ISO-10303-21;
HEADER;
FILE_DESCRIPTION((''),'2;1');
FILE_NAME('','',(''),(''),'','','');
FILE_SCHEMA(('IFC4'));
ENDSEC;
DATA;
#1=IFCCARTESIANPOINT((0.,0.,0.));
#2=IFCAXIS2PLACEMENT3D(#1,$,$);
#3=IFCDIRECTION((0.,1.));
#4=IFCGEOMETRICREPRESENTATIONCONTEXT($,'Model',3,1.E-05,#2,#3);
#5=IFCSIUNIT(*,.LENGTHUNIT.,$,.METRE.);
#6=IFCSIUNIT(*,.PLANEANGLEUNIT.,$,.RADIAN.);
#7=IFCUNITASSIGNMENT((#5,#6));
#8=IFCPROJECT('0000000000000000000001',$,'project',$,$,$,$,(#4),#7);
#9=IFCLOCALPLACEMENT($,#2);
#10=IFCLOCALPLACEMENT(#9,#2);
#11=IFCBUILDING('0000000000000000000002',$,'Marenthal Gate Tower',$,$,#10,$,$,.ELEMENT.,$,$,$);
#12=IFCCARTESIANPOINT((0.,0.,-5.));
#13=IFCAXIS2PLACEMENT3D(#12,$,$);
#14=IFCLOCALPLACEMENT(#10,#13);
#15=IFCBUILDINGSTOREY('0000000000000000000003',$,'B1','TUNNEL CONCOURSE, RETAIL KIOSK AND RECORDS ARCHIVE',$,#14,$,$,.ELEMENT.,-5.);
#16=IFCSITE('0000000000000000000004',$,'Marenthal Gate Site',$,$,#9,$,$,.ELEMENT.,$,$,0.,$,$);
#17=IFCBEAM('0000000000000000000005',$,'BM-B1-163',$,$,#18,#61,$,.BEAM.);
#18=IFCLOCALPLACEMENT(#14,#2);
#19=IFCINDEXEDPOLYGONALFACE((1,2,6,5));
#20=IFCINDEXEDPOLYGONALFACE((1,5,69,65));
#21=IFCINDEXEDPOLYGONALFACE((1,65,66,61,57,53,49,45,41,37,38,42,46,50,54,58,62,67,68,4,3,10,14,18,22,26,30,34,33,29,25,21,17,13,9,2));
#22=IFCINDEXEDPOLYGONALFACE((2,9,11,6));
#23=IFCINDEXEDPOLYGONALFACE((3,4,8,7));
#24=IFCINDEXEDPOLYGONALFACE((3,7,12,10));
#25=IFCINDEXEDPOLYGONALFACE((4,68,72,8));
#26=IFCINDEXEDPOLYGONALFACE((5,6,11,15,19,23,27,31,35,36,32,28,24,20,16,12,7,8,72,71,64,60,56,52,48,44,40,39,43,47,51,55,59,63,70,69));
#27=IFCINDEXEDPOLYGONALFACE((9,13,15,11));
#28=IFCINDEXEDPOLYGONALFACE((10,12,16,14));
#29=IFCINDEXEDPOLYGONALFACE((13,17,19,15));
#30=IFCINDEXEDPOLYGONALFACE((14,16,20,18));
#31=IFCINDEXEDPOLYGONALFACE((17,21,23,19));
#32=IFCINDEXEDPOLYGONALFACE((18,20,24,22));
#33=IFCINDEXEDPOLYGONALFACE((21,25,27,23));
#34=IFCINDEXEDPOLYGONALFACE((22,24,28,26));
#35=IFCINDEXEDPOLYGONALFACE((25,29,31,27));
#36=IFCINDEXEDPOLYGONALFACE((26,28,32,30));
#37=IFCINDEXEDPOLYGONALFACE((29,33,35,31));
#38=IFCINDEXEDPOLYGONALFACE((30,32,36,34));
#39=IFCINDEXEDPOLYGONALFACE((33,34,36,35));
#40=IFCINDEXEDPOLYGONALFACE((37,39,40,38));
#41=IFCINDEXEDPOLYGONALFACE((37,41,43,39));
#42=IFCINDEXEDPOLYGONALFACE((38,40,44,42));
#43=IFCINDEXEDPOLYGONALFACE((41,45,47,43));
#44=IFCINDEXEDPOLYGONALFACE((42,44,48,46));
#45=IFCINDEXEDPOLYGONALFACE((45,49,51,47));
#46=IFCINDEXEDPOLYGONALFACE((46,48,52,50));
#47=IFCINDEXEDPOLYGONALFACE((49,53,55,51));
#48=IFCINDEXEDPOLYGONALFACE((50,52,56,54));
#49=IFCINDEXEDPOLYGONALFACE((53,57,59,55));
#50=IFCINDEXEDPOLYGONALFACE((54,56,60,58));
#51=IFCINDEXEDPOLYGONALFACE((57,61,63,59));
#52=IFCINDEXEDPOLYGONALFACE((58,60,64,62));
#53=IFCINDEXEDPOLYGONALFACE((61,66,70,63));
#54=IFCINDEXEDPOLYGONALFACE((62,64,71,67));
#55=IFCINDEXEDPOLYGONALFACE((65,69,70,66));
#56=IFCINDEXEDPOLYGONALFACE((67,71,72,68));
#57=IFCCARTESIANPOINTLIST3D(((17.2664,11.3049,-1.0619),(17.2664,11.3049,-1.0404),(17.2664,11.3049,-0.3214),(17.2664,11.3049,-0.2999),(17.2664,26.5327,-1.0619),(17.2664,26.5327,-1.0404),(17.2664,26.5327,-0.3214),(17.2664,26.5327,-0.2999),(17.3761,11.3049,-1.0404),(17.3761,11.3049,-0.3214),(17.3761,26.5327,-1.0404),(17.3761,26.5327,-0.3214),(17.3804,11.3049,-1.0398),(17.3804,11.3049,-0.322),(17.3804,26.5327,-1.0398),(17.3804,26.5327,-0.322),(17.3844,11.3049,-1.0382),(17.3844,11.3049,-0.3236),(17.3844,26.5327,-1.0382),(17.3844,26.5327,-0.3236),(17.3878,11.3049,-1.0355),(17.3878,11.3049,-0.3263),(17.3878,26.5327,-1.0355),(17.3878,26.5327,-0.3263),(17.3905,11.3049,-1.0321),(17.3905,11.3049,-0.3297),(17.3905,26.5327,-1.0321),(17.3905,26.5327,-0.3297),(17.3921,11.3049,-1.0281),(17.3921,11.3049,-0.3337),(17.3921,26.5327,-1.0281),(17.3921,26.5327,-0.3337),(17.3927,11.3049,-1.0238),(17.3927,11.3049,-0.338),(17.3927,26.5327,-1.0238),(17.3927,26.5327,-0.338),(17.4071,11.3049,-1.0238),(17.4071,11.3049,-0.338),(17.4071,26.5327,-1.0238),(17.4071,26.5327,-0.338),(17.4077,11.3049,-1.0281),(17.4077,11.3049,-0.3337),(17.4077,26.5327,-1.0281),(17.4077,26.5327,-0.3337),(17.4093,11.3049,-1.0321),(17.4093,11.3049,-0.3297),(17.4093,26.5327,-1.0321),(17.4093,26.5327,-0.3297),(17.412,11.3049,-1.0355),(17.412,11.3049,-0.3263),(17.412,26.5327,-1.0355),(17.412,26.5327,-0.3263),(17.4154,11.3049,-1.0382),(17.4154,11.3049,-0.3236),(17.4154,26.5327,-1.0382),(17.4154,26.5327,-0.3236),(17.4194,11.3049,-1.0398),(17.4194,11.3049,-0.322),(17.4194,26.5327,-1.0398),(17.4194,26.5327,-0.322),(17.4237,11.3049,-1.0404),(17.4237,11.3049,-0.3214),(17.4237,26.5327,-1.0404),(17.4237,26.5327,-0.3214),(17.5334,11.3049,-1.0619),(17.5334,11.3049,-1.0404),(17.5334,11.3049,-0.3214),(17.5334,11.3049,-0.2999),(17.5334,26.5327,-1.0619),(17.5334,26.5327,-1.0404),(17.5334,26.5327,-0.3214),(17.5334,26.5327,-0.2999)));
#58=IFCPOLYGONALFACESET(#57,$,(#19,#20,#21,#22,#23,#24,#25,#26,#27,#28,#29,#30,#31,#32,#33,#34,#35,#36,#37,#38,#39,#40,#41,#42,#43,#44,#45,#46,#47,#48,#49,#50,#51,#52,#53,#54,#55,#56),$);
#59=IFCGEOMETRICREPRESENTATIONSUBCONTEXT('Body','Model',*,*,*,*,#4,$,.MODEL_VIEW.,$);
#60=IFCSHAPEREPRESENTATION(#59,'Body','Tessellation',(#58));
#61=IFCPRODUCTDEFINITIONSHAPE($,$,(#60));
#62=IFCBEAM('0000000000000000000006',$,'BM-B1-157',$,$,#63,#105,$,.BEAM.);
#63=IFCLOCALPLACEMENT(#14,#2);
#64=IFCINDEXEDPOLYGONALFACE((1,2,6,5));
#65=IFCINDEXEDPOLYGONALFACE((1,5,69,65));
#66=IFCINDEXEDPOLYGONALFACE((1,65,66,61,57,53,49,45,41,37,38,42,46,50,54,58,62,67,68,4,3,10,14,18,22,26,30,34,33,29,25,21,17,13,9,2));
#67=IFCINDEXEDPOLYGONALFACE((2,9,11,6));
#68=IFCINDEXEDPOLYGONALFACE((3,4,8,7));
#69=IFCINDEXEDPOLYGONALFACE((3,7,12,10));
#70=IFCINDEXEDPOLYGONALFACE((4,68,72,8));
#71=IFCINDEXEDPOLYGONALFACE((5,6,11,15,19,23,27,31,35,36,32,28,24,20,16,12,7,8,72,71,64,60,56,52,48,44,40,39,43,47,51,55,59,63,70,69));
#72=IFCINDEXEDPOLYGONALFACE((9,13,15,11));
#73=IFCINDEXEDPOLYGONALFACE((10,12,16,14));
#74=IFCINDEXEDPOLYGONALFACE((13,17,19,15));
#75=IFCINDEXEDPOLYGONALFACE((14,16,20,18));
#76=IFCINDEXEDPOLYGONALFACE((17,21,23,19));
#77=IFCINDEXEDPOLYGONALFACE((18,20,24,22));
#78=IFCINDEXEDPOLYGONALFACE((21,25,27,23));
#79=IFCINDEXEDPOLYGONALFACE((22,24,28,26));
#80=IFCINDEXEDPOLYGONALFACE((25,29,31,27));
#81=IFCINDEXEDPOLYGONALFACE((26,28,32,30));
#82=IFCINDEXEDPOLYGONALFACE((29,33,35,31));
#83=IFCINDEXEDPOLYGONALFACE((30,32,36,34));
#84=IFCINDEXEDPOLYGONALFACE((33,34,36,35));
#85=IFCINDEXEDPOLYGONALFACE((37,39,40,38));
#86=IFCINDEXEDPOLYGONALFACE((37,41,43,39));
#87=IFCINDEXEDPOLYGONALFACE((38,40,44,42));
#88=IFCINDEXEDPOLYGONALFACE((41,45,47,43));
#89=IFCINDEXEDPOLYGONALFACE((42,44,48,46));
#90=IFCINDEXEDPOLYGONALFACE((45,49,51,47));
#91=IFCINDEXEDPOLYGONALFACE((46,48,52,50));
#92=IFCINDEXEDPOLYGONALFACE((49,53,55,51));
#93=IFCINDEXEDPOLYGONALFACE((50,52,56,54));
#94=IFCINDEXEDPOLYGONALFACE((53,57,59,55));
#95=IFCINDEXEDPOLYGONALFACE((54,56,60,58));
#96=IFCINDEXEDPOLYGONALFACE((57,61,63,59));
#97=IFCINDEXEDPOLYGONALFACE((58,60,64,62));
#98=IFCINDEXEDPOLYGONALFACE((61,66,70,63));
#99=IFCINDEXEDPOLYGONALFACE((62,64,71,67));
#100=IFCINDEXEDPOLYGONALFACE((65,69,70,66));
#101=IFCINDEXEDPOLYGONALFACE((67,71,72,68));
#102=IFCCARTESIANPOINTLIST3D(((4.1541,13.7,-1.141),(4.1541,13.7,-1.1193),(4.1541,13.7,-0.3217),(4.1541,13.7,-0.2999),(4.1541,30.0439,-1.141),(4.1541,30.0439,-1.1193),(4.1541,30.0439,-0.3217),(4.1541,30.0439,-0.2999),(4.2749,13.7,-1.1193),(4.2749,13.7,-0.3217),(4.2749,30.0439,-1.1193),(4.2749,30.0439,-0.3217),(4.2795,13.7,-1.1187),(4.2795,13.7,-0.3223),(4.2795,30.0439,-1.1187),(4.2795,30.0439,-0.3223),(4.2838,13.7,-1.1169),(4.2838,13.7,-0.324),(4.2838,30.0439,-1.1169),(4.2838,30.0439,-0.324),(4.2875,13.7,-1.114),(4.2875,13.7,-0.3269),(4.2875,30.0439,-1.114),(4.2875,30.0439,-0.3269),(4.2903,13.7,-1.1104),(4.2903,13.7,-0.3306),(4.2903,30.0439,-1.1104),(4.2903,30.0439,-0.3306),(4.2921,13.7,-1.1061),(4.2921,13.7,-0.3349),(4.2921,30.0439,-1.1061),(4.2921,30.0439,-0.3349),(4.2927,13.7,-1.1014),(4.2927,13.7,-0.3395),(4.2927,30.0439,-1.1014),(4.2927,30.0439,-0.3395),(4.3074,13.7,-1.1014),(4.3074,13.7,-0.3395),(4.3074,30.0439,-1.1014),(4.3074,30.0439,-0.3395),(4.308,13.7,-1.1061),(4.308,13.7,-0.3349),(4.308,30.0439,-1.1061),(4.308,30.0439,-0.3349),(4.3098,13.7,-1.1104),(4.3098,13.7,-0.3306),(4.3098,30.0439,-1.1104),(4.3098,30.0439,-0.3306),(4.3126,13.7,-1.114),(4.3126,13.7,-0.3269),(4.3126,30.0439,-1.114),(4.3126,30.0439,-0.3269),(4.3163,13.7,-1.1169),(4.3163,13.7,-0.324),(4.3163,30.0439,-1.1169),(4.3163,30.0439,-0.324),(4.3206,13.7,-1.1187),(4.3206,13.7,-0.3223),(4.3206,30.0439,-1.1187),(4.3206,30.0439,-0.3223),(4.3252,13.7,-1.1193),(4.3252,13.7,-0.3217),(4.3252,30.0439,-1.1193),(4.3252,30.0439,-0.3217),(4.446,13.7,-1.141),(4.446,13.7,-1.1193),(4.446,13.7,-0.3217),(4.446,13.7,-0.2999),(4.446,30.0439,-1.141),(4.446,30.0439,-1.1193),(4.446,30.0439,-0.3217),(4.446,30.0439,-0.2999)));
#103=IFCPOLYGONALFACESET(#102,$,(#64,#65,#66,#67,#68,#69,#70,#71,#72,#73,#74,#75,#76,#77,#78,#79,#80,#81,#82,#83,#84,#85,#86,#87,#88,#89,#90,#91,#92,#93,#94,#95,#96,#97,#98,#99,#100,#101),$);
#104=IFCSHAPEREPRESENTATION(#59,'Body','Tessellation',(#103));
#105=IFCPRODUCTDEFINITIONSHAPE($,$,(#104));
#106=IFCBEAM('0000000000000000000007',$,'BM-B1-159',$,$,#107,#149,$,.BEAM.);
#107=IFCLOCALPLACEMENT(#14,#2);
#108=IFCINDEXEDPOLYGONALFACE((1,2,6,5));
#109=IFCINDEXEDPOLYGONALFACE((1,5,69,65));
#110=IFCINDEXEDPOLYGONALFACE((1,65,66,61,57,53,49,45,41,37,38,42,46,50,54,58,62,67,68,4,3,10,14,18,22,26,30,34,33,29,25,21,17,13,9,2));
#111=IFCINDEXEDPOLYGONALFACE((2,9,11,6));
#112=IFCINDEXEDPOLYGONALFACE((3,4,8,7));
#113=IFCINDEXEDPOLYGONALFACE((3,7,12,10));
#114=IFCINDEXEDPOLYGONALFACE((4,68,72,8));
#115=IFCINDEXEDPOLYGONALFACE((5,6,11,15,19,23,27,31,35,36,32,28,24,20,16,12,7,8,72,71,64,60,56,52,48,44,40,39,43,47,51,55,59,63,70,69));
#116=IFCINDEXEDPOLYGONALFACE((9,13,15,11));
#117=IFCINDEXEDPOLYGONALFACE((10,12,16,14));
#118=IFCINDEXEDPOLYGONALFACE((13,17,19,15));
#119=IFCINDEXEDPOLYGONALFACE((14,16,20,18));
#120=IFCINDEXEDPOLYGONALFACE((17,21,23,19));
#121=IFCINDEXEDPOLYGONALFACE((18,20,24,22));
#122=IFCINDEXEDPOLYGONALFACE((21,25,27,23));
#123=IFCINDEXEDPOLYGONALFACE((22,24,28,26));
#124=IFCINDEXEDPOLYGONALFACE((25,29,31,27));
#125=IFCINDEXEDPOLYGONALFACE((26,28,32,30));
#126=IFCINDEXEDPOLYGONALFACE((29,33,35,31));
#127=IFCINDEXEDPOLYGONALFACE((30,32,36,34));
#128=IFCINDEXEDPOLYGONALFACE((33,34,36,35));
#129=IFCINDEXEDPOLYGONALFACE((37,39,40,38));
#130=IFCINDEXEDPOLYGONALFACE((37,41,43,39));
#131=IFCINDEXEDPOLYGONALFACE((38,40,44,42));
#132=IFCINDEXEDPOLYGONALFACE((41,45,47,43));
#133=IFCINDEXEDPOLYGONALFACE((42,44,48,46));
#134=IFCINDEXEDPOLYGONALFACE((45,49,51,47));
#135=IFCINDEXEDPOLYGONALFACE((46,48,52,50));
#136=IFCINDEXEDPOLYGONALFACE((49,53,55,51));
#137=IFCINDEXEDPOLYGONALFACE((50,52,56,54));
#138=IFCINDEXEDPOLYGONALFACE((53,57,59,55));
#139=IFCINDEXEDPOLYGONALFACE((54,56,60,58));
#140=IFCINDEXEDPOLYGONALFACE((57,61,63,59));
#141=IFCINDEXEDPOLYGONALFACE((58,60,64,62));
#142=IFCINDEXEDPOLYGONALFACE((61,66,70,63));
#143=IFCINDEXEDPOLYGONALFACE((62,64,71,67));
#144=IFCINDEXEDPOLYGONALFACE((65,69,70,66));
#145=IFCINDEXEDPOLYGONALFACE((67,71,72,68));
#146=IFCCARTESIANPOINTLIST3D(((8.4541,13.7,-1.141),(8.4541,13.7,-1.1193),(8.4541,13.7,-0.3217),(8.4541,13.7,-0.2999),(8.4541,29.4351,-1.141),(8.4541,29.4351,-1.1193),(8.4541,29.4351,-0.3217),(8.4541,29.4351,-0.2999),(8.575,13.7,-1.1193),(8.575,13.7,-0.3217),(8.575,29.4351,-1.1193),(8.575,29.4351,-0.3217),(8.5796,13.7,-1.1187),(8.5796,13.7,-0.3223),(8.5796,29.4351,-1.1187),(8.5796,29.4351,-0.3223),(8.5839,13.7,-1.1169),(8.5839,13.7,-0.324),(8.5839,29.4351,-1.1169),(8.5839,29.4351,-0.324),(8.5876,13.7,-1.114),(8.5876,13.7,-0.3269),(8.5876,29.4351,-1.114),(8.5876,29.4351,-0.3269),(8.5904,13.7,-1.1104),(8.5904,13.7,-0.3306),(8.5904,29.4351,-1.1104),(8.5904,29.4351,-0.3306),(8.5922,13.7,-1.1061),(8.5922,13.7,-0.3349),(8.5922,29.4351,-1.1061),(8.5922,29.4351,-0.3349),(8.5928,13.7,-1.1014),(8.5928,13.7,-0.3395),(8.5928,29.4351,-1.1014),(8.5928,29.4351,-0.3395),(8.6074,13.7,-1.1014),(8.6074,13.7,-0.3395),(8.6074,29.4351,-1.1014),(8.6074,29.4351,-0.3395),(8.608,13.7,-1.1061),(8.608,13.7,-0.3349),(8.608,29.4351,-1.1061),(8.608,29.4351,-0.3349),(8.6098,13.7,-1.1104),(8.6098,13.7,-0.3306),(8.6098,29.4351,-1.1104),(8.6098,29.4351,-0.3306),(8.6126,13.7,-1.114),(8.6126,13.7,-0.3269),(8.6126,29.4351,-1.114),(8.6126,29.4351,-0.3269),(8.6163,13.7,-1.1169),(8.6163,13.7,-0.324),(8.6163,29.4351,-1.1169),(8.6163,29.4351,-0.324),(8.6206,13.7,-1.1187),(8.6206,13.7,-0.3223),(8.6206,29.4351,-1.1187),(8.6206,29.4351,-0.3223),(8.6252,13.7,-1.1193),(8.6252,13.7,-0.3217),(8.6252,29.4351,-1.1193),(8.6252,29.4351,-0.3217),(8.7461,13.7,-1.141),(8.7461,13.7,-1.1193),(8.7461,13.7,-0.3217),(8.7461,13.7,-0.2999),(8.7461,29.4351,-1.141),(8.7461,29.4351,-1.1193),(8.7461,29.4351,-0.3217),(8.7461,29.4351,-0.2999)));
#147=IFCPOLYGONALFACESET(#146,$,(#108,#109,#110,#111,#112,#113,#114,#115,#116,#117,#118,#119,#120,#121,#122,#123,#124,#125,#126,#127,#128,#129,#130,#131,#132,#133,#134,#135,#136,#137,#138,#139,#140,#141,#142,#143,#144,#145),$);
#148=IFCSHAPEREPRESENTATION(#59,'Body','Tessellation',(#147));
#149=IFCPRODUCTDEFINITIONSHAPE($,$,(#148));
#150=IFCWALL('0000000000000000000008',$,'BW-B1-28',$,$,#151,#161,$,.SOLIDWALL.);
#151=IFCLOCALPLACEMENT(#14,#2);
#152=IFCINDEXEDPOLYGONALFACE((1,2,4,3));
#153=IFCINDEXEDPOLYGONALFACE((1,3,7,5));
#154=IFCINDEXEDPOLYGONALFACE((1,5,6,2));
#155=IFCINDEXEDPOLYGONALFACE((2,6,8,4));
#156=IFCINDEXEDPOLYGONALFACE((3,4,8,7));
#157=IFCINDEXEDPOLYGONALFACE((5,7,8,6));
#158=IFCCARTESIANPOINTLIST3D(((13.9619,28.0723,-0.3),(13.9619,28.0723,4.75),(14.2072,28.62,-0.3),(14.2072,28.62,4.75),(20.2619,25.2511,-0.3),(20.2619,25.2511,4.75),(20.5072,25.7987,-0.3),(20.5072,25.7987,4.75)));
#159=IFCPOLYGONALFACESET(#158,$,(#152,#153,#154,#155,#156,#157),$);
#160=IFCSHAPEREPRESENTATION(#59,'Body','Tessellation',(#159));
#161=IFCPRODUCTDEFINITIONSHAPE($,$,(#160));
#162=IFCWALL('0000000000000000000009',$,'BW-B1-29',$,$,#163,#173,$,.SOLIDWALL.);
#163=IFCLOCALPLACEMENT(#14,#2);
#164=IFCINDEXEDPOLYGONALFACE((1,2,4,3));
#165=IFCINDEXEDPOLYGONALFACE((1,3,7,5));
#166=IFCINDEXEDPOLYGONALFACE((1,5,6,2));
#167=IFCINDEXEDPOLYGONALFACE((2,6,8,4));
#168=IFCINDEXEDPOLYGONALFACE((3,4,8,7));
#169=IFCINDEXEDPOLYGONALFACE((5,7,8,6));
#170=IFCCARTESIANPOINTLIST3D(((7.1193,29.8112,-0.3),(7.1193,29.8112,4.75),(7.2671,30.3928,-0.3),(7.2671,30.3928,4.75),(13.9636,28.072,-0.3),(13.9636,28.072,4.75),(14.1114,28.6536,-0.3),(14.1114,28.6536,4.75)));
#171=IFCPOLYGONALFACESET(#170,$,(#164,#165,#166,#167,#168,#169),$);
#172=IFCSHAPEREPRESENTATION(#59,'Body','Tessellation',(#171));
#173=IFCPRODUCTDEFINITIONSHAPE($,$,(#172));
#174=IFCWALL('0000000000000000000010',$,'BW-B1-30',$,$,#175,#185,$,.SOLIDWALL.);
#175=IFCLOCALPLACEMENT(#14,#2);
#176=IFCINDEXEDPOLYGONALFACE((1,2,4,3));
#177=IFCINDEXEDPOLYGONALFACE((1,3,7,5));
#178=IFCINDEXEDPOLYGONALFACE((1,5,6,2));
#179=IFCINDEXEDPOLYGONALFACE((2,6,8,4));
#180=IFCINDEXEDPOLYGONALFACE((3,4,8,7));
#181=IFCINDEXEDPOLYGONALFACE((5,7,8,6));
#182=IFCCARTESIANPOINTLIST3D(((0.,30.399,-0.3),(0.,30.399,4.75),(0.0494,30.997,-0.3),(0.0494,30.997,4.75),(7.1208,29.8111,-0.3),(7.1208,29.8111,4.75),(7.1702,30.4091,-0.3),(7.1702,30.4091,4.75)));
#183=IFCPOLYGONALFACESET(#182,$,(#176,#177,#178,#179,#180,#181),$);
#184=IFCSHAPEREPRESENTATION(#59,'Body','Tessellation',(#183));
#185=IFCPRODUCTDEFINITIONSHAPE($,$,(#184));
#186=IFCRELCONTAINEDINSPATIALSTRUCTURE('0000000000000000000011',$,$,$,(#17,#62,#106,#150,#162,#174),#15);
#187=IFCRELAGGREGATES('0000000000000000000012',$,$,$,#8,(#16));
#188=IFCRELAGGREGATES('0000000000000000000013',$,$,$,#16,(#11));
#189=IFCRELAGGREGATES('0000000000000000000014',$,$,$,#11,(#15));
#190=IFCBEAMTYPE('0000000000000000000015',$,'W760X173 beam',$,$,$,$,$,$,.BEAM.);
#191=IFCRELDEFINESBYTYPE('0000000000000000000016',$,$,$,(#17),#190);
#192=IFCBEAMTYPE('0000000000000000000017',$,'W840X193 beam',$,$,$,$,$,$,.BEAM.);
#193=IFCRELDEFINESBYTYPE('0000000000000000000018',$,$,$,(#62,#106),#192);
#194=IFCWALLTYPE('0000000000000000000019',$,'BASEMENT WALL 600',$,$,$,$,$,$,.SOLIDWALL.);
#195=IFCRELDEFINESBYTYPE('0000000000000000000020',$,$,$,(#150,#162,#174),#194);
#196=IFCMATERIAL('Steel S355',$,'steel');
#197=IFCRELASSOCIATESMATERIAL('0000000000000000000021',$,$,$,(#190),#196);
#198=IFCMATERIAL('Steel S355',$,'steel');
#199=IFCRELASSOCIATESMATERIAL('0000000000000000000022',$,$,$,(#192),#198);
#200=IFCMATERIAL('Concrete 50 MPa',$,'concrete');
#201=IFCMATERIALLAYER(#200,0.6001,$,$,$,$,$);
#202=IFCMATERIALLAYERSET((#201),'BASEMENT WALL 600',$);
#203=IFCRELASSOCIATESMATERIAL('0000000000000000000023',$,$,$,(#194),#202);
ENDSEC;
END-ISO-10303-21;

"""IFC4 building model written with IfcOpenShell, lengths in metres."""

from ifc_helpers import new_model, si_unit, direction, frame, frame_2d, origin, origin_2d, place, context, subcontext, project, spatial, rectangle, i_section, extrude, material, layer, layer_set, material_profile, profile_set, type_object, element, save


model = new_model("IFC4")

# Units and contexts
model_context = context("Model", 3, precision=1e-05, world=origin(), true_north=direction((0.0, 1.0)))
body_context = subcontext(model_context, "Body", "Model", "MODEL_VIEW")
ifc_project = project(units=[si_unit("LENGTHUNIT", "METRE"), si_unit("PLANEANGLEUNIT", "RADIAN")], contexts=[model_context])

# Site, building, storey
site_placement = place(None, origin())
site = spatial("IfcSite", under=ifc_project, at=site_placement, Name="Marenthal Gate Site", CompositionType="ELEMENT", RefElevation=0.0)
building_placement = place(site_placement, origin())
building = spatial("IfcBuilding", under=site, at=building_placement, Name="Marenthal Gate Tower", CompositionType="ELEMENT")
storey_placement = place(building_placement, frame((0.0, 0.0, -5.0)))
storey = spatial("IfcBuildingStorey", under=building, at=storey_placement, Name="B1", Description="TUNNEL CONCOURSE, RETAIL KIOSK AND RECORDS ARCHIVE", CompositionType="ELEMENT", Elevation=-5.0)

# Beams
ifc_material_1 = material(Name="Steel S355", Category="steel")
ifc_material_profile_1 = material_profile(ifc_material_1, i_section(OverallWidth=0.2671, OverallDepth=0.762, WebThickness=0.0144, FlangeThickness=0.0215, FilletRadius=0.0166, at=origin_2d()), Name="W760X173")
ifc_profile_set_1 = profile_set([ifc_material_profile_1], Name="Steel S355")
beam_type_1 = type_object("IfcBeamType", Name="W760X173 beam", PredefinedType="BEAM", material=ifc_profile_set_1)
beam_1_placement = place(storey_placement, frame((17.3999, 11.3049, -0.6809), z_axis=(0.0, 1.0, 0.0), x_axis=(-1.0, 0.0, 0.0)))
element("IfcBeam", 1, at=beam_1_placement, inside=storey, type_object=beam_type_1, Name="BM-B1-163", PredefinedType="BEAM", context=body_context, shape_type="SweptSolid", body=[
    extrude(i_section(OverallWidth=0.2671, OverallDepth=0.762, WebThickness=0.0144, FlangeThickness=0.0215, FilletRadius=0.0166, at=origin_2d()), origin(), (0.0, 0.0, 1.0), 15.2278),
])
ifc_material_2 = material(Name="Steel S355", Category="steel")
ifc_material_profile_2 = material_profile(ifc_material_2, i_section(OverallWidth=0.292, OverallDepth=0.8411, WebThickness=0.0146, FlangeThickness=0.0217, FilletRadius=0.0178, at=origin_2d()), Name="W840X193")
ifc_profile_set_2 = profile_set([ifc_material_profile_2], Name="Steel S355")
beam_type_2 = type_object("IfcBeamType", Name="W840X193 beam", PredefinedType="BEAM", material=ifc_profile_set_2)
beam_2_placement = place(storey_placement, frame((4.3, 13.7, -0.7205), z_axis=(0.0, 1.0, 0.0), x_axis=(-1.0, 0.0, 0.0)))
element("IfcBeam", 2, at=beam_2_placement, inside=storey, type_object=beam_type_2, Name="BM-B1-157", PredefinedType="BEAM", context=body_context, shape_type="SweptSolid", body=[
    extrude(i_section(OverallWidth=0.292, OverallDepth=0.8411, WebThickness=0.0146, FlangeThickness=0.0217, FilletRadius=0.0178, at=origin_2d()), origin(), (0.0, 0.0, 1.0), 16.344),
])
beam_3_placement = place(storey_placement, frame((8.6001, 13.7, -0.7205), z_axis=(0.0, 1.0, 0.0), x_axis=(-1.0, 0.0, 0.0)))
element("IfcBeam", 3, at=beam_3_placement, inside=storey, type_object=beam_type_2, Name="BM-B1-159", PredefinedType="BEAM", context=body_context, shape_type="SweptSolid", body=[
    extrude(i_section(OverallWidth=0.292, OverallDepth=0.8411, WebThickness=0.0146, FlangeThickness=0.0217, FilletRadius=0.0178, at=origin_2d()), origin(), (0.0, 0.0, 1.0), 15.7351),
])

# Walls
ifc_material_3 = material(Name="Concrete 50 MPa", Category="concrete")
ifc_layer_1 = layer(ifc_material_3, 0.6001)
ifc_layer_set_1 = layer_set([ifc_layer_1], Name="BASEMENT WALL 600")
wall_type_1 = type_object("IfcWallType", Name="BASEMENT WALL 600", PredefinedType="SOLIDWALL", material=ifc_layer_set_1)
wall_1_placement = place(storey_placement, frame((20.3845, 25.5249, -0.3), z_axis=(0.0, 0.0, 1.0), x_axis=(-0.912664, 0.40871, 0.0)))
element("IfcWall", 4, at=wall_1_placement, inside=storey, type_object=wall_type_1, Name="BW-B1-28", PredefinedType="SOLIDWALL", context=body_context, shape_type="SweptSolid", body=[
    extrude(rectangle(XDim=6.9028, YDim=0.6001, at=frame_2d((3.4514, 0.0))), origin(), (0.0, 0.0, 1.0), 5.05),
])
wall_2_placement = place(storey_placement, frame((14.0374, 28.3628, -0.3), z_axis=(0.0, 0.0, 1.0), x_axis=(-0.969196, 0.246292, 0.0)))
element("IfcWall", 5, at=wall_2_placement, inside=storey, type_object=wall_type_1, Name="BW-B1-29", PredefinedType="SOLIDWALL", context=body_context, shape_type="SweptSolid", body=[
    extrude(rectangle(XDim=7.0618, YDim=0.6001, at=frame_2d((3.5308, 0.0))), origin(), (0.0, 0.0, 1.0), 5.05),
])
wall_3_placement = place(storey_placement, frame((7.1455, 30.1101, -0.3), z_axis=(0.0, 0.0, 1.0), x_axis=(-0.996609, 0.082279, 0.0)))
element("IfcWall", 6, at=wall_3_placement, inside=storey, type_object=wall_type_1, Name="BW-B1-30", PredefinedType="SOLIDWALL", context=body_context, shape_type="SweptSolid", body=[
    extrude(rectangle(XDim=7.145, YDim=0.6001, at=frame_2d((3.5725, 0.0))), origin(), (0.0, 0.0, 1.0), 5.05),
])

save(model, "model.ifc")
